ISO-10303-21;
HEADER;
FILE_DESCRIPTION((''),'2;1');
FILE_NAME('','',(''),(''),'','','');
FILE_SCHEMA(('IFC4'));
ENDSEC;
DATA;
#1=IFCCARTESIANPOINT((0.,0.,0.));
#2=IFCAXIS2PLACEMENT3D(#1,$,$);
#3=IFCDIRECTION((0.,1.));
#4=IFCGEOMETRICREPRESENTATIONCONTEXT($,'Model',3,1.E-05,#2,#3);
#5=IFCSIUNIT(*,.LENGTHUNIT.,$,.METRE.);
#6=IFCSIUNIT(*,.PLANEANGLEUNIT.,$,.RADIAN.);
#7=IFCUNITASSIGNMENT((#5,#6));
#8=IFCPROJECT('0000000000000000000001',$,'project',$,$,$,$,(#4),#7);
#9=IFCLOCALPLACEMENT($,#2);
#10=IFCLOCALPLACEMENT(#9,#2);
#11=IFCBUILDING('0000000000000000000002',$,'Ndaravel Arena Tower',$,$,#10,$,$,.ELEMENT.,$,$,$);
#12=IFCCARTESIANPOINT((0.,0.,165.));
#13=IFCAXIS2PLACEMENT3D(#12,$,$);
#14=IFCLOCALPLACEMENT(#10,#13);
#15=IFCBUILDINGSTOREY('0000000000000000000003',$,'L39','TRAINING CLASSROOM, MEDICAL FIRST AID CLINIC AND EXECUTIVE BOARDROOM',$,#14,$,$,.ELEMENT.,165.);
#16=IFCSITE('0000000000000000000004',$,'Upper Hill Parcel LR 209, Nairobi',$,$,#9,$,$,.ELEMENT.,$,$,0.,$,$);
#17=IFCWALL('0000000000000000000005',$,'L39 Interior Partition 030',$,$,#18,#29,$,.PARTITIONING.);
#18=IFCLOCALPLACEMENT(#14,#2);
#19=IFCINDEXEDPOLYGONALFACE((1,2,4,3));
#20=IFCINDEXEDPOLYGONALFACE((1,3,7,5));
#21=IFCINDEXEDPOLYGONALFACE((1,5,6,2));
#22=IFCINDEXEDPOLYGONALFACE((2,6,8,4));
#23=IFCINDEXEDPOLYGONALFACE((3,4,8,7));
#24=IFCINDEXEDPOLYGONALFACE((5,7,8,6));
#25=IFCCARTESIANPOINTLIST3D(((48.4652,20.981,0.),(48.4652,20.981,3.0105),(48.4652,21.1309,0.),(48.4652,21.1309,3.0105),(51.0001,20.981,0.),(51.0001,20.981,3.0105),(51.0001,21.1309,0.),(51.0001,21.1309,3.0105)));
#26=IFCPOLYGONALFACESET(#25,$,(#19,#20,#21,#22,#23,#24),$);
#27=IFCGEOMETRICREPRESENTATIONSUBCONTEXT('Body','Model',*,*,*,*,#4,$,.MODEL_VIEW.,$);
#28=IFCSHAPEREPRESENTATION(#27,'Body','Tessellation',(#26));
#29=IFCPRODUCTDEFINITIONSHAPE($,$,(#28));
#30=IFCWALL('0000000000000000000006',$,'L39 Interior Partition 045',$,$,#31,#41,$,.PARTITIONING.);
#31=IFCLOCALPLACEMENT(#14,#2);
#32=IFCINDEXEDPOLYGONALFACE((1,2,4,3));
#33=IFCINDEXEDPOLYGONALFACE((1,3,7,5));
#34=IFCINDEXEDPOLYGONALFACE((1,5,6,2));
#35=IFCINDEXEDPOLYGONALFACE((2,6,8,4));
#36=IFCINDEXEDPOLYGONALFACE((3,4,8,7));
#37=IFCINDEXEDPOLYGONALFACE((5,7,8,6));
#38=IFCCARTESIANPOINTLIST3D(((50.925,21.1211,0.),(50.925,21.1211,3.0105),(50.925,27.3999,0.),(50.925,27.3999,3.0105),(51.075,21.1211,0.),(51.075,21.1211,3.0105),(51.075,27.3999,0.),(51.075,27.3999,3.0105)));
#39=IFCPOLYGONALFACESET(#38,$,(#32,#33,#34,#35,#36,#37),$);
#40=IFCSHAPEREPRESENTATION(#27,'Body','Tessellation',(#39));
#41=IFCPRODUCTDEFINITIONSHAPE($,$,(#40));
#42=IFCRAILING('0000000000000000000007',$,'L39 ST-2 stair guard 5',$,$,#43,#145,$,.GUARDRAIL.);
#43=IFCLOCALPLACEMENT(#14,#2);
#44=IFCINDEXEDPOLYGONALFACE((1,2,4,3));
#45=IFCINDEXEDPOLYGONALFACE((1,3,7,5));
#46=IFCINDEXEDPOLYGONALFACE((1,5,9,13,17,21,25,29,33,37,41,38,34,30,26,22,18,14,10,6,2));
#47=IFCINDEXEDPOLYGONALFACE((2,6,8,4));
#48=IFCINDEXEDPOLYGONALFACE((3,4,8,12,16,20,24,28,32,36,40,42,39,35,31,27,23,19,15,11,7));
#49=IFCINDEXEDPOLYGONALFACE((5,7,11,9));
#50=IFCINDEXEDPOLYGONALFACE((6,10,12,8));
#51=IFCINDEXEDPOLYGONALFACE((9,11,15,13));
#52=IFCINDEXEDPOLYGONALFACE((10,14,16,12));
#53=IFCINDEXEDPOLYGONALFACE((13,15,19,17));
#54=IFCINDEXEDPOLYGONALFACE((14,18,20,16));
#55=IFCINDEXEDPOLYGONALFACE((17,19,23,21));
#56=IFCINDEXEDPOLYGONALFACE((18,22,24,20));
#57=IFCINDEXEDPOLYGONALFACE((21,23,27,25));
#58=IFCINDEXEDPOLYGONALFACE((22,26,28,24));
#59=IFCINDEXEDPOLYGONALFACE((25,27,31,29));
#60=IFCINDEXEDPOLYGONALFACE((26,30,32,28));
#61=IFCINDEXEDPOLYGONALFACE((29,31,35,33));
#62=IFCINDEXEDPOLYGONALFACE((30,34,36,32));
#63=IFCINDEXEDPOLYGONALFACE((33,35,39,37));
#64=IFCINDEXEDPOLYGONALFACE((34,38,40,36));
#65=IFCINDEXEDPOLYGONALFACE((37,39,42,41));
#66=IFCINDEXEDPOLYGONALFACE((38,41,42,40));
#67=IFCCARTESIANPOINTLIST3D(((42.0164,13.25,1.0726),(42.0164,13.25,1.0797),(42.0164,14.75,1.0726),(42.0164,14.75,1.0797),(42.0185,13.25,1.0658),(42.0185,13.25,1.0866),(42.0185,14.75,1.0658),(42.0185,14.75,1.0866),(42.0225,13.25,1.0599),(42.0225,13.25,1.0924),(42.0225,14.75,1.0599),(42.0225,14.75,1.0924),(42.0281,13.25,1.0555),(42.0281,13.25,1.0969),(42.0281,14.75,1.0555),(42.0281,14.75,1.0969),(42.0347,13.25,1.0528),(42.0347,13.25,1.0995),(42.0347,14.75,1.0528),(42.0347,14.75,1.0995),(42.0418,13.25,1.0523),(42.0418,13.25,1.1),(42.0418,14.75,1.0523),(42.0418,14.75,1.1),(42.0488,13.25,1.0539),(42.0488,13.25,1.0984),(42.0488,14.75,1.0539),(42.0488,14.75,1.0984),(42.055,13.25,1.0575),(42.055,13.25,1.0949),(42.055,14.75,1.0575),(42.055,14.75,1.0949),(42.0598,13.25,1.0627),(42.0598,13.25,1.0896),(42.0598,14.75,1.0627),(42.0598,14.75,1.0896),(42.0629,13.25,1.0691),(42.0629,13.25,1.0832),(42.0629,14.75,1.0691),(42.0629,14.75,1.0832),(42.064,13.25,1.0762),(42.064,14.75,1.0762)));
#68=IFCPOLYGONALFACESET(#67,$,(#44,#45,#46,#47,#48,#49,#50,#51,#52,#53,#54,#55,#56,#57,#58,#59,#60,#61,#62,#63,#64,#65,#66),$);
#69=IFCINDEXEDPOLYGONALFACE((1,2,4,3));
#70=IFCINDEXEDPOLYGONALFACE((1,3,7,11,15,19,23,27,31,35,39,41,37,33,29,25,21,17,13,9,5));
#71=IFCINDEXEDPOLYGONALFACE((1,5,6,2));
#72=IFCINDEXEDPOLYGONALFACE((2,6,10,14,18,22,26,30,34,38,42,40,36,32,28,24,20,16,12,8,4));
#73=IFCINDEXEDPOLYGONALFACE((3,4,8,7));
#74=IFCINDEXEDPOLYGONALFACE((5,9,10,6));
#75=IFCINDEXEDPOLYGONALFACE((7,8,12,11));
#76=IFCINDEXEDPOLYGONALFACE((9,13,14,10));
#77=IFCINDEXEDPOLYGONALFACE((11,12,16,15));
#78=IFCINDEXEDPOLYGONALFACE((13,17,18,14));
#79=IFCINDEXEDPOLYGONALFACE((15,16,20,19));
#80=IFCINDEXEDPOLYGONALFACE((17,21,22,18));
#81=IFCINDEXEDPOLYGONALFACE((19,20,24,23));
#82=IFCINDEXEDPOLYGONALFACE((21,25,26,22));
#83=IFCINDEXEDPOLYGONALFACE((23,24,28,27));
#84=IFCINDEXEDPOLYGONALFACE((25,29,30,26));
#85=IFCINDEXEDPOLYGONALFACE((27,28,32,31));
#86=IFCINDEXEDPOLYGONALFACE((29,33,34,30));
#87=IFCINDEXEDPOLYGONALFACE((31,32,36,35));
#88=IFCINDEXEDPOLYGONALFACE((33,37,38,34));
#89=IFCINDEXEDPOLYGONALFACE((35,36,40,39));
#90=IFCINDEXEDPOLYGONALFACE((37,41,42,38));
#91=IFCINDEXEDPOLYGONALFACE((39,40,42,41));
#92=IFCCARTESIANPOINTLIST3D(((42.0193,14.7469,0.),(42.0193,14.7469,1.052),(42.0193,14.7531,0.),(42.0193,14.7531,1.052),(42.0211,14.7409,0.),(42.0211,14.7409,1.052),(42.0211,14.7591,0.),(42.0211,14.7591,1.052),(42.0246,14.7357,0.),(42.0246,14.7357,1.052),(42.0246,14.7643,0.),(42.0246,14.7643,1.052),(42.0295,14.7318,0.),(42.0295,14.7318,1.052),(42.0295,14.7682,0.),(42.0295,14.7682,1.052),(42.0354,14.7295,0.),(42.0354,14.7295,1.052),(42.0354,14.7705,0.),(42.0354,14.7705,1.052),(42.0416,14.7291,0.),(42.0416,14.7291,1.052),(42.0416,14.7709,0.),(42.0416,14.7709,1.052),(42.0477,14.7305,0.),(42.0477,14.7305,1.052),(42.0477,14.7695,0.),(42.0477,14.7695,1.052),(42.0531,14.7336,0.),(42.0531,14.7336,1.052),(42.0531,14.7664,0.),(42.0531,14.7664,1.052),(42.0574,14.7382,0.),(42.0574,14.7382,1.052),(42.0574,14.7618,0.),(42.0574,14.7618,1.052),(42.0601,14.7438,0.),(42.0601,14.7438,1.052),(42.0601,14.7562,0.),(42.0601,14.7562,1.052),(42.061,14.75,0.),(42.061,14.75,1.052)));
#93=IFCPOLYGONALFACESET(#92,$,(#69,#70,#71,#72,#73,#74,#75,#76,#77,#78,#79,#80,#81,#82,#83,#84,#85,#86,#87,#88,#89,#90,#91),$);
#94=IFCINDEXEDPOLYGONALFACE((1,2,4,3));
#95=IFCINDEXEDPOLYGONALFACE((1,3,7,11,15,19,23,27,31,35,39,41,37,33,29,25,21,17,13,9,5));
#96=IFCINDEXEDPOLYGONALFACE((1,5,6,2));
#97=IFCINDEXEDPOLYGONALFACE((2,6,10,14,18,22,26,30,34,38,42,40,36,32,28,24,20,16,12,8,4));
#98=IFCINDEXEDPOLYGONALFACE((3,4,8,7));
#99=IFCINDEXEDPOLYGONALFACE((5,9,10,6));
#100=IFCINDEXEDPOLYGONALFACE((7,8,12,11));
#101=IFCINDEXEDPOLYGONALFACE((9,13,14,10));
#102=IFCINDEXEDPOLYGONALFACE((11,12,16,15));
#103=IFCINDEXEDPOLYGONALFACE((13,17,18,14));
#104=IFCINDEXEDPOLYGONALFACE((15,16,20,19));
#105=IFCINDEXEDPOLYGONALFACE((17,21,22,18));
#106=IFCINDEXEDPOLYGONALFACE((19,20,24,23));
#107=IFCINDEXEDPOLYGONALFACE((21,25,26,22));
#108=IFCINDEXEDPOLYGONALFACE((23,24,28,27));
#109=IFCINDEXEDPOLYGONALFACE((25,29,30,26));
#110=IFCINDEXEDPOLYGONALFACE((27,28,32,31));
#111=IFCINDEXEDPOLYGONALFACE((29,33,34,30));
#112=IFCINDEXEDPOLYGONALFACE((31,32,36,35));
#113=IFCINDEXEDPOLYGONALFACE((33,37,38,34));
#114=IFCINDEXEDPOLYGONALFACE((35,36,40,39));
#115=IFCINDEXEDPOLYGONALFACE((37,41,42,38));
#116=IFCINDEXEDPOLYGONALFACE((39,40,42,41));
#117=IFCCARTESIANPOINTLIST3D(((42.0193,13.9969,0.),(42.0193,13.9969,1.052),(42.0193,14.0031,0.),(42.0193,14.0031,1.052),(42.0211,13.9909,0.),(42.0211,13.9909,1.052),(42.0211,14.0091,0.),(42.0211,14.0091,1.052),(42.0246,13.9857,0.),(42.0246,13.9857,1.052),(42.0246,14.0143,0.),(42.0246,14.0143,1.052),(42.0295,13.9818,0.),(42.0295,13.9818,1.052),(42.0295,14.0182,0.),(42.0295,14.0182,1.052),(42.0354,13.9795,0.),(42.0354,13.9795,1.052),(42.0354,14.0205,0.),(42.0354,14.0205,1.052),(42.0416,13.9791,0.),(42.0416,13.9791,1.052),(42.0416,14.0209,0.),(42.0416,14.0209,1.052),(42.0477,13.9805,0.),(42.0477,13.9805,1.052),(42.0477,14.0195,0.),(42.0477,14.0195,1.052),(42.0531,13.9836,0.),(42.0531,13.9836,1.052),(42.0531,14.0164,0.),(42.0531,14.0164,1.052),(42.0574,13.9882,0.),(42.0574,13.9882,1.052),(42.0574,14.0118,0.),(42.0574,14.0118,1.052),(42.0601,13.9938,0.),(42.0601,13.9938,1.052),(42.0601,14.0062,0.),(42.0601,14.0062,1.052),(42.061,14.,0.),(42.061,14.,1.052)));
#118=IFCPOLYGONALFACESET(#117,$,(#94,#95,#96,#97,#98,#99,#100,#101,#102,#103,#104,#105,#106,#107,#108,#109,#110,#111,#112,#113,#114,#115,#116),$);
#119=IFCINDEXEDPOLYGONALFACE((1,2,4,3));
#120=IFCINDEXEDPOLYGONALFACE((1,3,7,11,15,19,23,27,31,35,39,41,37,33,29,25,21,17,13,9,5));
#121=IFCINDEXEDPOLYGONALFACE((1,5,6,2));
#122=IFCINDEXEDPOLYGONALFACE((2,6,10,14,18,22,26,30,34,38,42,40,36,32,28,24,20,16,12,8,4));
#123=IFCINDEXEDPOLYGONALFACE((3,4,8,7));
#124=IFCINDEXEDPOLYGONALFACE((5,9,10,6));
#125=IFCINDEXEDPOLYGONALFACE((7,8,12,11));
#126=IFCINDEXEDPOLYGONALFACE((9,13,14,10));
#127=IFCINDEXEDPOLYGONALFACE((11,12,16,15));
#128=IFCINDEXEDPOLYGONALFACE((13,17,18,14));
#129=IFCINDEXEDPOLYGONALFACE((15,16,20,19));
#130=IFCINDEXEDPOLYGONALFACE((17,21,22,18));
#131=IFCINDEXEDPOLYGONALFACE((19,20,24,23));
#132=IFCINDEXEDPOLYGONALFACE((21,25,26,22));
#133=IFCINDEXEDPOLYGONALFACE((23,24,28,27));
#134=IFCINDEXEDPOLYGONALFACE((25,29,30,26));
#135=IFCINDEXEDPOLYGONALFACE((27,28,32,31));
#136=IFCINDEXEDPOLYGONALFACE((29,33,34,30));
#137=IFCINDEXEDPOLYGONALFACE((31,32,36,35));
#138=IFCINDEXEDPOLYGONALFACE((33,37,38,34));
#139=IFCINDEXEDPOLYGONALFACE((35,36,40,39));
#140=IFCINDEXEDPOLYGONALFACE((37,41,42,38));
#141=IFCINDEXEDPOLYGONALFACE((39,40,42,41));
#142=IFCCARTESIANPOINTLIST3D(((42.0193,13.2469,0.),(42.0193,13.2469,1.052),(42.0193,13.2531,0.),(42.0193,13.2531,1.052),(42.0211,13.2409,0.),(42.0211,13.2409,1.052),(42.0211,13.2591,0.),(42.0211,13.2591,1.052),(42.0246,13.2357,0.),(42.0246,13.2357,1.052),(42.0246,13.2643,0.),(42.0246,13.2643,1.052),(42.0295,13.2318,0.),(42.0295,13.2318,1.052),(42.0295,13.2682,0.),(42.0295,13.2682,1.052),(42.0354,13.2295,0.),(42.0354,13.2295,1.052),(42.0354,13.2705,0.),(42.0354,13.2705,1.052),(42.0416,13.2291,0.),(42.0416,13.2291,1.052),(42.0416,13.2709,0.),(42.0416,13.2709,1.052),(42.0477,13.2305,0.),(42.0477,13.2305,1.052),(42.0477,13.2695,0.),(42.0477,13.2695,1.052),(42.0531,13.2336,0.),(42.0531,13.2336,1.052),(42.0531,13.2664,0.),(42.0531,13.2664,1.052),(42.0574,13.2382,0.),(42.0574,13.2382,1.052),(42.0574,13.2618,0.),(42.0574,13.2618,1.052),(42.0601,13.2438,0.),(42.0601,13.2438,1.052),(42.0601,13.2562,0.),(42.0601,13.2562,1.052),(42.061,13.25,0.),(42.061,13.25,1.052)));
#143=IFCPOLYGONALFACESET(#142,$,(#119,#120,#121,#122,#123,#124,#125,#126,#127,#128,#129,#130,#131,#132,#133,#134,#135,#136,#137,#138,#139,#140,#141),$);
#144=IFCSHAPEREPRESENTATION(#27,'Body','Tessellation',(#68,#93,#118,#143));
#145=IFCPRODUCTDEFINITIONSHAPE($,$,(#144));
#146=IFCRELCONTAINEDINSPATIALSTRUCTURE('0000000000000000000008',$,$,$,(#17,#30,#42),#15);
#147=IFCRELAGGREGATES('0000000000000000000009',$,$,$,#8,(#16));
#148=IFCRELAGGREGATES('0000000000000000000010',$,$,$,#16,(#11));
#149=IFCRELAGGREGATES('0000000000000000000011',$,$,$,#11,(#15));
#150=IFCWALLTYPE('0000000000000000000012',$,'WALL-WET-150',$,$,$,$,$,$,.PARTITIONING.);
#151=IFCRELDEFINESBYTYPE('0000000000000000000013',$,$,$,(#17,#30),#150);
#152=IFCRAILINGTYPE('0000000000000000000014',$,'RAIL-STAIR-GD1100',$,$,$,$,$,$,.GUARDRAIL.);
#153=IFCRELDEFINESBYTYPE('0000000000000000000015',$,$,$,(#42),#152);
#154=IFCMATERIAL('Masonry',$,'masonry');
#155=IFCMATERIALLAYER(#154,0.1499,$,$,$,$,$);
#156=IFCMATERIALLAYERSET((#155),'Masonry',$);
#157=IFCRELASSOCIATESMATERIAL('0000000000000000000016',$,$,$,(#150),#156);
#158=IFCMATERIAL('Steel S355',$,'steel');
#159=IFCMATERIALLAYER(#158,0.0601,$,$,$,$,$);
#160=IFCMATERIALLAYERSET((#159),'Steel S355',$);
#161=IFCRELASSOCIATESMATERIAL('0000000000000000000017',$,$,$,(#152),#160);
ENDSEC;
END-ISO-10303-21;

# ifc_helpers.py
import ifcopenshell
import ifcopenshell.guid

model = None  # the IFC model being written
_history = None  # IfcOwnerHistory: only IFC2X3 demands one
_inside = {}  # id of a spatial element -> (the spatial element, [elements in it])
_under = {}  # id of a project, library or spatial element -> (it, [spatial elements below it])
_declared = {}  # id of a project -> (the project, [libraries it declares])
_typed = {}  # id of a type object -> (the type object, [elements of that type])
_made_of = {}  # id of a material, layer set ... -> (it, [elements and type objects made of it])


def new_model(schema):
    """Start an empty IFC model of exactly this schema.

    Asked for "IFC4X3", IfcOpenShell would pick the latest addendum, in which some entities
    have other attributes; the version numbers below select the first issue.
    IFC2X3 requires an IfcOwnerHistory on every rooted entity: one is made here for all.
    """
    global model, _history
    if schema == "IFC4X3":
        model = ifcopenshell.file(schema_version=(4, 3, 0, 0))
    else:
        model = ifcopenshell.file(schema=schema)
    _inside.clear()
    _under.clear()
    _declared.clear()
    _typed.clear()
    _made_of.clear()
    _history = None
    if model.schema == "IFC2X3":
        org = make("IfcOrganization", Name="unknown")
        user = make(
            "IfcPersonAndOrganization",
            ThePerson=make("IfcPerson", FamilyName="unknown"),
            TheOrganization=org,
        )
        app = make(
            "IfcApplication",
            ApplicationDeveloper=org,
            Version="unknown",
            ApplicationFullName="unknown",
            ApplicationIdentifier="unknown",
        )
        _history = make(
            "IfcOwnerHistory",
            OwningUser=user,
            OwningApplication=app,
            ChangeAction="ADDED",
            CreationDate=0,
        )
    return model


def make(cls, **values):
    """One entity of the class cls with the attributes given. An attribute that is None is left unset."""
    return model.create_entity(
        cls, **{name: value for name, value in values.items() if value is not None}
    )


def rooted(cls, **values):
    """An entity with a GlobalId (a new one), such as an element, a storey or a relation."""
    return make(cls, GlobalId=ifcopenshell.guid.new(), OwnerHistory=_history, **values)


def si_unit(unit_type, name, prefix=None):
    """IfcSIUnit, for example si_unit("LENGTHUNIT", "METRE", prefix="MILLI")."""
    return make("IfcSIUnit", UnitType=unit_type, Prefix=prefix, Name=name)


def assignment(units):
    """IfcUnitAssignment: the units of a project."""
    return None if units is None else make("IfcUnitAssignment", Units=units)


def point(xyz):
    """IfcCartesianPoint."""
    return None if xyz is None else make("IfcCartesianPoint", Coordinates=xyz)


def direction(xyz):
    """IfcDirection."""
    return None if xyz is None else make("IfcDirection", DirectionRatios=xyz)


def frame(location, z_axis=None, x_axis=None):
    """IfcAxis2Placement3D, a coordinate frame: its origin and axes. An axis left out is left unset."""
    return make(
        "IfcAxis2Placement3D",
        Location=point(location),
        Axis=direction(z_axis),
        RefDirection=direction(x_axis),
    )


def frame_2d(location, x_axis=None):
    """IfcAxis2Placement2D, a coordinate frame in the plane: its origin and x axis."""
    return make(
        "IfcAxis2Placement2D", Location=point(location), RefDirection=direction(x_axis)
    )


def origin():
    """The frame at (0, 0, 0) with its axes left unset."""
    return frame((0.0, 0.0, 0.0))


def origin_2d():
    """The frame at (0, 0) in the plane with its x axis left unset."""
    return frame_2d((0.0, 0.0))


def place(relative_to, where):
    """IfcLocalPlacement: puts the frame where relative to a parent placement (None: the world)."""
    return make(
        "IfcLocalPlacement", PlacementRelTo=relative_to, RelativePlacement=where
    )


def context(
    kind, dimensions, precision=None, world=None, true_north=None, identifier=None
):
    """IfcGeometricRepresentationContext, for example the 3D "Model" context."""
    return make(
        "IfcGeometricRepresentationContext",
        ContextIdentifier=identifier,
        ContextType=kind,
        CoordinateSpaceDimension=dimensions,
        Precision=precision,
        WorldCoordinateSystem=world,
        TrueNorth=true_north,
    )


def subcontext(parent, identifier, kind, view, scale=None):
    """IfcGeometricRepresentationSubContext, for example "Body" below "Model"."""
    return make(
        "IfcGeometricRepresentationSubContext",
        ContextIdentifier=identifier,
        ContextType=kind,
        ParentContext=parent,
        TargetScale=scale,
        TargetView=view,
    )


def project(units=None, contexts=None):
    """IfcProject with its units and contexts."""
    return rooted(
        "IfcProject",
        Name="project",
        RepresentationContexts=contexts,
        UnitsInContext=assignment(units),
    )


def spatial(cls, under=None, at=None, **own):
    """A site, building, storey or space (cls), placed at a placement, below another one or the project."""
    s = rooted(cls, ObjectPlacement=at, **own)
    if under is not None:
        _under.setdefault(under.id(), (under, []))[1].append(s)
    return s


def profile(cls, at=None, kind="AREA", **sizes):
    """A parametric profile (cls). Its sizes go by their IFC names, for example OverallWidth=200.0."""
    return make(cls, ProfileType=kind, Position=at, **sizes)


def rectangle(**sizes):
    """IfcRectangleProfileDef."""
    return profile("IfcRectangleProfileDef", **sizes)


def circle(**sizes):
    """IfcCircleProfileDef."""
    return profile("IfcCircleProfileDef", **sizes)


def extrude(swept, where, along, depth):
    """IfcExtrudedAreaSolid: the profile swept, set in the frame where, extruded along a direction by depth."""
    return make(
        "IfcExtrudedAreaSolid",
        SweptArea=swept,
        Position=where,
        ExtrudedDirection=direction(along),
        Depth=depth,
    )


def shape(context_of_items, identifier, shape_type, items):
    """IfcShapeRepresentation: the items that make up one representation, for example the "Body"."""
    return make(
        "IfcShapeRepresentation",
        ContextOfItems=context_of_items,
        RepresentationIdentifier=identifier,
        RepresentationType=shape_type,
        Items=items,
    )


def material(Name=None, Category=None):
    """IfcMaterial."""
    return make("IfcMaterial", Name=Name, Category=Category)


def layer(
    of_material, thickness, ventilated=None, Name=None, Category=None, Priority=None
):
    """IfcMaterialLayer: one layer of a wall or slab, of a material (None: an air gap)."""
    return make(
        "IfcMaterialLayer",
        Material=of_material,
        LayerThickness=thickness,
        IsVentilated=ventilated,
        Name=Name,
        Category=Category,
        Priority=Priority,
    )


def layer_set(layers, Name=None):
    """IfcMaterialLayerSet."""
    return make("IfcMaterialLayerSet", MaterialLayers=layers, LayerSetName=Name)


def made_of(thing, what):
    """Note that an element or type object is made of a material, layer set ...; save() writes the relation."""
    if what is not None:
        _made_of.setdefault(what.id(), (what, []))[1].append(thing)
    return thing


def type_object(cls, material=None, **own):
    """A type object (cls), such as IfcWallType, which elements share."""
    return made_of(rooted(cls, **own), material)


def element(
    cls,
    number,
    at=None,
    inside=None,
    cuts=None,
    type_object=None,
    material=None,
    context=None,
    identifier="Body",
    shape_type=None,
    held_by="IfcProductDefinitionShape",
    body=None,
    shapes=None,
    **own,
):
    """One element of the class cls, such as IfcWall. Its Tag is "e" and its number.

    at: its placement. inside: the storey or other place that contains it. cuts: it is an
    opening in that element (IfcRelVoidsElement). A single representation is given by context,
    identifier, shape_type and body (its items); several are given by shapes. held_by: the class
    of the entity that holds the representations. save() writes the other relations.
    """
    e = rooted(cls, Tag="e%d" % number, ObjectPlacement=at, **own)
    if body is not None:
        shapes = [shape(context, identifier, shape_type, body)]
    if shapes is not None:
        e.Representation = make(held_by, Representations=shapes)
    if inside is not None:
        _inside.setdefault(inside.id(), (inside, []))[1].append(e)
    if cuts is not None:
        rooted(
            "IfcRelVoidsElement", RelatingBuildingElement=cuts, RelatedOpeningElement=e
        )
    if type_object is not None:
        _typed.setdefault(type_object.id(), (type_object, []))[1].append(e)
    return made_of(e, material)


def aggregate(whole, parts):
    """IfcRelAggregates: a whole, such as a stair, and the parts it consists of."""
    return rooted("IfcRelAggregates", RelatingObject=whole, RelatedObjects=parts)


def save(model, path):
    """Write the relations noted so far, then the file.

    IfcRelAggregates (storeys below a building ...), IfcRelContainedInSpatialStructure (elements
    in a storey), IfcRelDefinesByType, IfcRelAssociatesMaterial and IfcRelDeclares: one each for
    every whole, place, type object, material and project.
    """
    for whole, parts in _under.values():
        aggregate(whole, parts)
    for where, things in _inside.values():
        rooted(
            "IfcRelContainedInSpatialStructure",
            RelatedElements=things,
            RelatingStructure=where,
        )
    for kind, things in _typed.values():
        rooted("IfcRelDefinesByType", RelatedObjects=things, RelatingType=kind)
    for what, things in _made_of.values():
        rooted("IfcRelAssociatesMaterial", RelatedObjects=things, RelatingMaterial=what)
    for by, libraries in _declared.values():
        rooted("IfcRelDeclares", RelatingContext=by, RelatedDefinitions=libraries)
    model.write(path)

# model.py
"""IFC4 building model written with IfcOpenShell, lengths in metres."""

from ifc_helpers import new_model, si_unit, direction, frame, frame_2d, origin, origin_2d, place, context, subcontext, project, spatial, rectangle, circle, extrude, material, layer, layer_set, type_object, element, save


model = new_model("IFC4")

# Units and contexts
model_context = context("Model", 3, precision=1e-05, world=origin(), true_north=direction((0.0, 1.0)))
body_context = subcontext(model_context, "Body", "Model", "MODEL_VIEW")
ifc_project = project(units=[si_unit("LENGTHUNIT", "METRE"), si_unit("PLANEANGLEUNIT", "RADIAN")], contexts=[model_context])

# Site, building, storey
site_placement = place(None, origin())
site = spatial("IfcSite", under=ifc_project, at=site_placement, Name="Upper Hill Parcel LR 209, Nairobi", CompositionType="ELEMENT", RefElevation=0.0)
building_placement = place(site_placement, origin())
building = spatial("IfcBuilding", under=site, at=building_placement, Name="Ndaravel Arena Tower", CompositionType="ELEMENT")
storey_placement = place(building_placement, frame((0.0, 0.0, 165.0)))
storey = spatial("IfcBuildingStorey", under=building, at=storey_placement, Name="L39", Description="TRAINING CLASSROOM, MEDICAL FIRST AID CLINIC AND EXECUTIVE BOARDROOM", CompositionType="ELEMENT", Elevation=165.0)

# Walls
ifc_material_1 = material(Name="Masonry", Category="masonry")
ifc_layer_1 = layer(ifc_material_1, 0.1499)
ifc_layer_set_1 = layer_set([ifc_layer_1], Name="Masonry")
wall_type_1 = type_object("IfcWallType", Name="WALL-WET-150", PredefinedType="PARTITIONING", material=ifc_layer_set_1)
wall_1_placement = place(storey_placement, frame((48.4651, 21.0559, 0.0), z_axis=(0.0, 0.0, 1.0), x_axis=(1.0, 0.0, 0.0)))
element("IfcWall", 1, at=wall_1_placement, inside=storey, type_object=wall_type_1, Name="L39 Interior Partition 030", PredefinedType="PARTITIONING", context=body_context, shape_type="SweptSolid", body=[
    extrude(rectangle(XDim=2.5349, YDim=0.1499, at=frame_2d((1.2676, 0.0))), origin(), (0.0, 0.0, 1.0), 3.0105),
])
wall_2_placement = place(storey_placement, frame((51.0, 21.1211, 0.0), z_axis=(0.0, 0.0, 1.0), x_axis=(0.0, 1.0, 0.0)))
element("IfcWall", 2, at=wall_2_placement, inside=storey, type_object=wall_type_1, Name="L39 Interior Partition 045", PredefinedType="PARTITIONING", context=body_context, shape_type="SweptSolid", body=[
    extrude(rectangle(XDim=6.2788, YDim=0.1499, at=frame_2d((3.1394, 0.0))), origin(), (0.0, 0.0, 1.0), 3.0105),
])

# Railing
ifc_material_2 = material(Name="Steel S355", Category="steel")
ifc_layer_2 = layer(ifc_material_2, 0.0601)
ifc_layer_set_2 = layer_set([ifc_layer_2], Name="Steel S355")
railing_type = type_object("IfcRailingType", Name="RAIL-STAIR-GD1100", PredefinedType="GUARDRAIL", material=ifc_layer_set_2)
railing_placement = place(storey_placement, frame((42.04, 14.75, 0.0)))
element("IfcRailing", 3, at=railing_placement, inside=storey, type_object=railing_type, Name="L39 ST-2 stair guard 5", PredefinedType="GUARDRAIL", context=body_context, shape_type="SweptSolid", body=[
    extrude(circle(Radius=0.0239, at=origin_2d()), frame((0.0, 0.0, 1.0762), z_axis=(0.0, -1.0, 0.0), x_axis=(1.0, 0.0, 0.0)), (0.0, 0.0, 1.0), 1.5),
    extrude(circle(Radius=0.021, at=origin_2d()), origin(), (0.0, 0.0, 1.0), 1.052),
    extrude(circle(Radius=0.021, at=origin_2d()), frame((0.0, -0.75, 0.0)), (0.0, 0.0, 1.0), 1.052),
    extrude(circle(Radius=0.021, at=origin_2d()), frame((0.0, -1.5, 0.0)), (0.0, 0.0, 1.0), 1.052),
])

save(model, "model.ifc")
